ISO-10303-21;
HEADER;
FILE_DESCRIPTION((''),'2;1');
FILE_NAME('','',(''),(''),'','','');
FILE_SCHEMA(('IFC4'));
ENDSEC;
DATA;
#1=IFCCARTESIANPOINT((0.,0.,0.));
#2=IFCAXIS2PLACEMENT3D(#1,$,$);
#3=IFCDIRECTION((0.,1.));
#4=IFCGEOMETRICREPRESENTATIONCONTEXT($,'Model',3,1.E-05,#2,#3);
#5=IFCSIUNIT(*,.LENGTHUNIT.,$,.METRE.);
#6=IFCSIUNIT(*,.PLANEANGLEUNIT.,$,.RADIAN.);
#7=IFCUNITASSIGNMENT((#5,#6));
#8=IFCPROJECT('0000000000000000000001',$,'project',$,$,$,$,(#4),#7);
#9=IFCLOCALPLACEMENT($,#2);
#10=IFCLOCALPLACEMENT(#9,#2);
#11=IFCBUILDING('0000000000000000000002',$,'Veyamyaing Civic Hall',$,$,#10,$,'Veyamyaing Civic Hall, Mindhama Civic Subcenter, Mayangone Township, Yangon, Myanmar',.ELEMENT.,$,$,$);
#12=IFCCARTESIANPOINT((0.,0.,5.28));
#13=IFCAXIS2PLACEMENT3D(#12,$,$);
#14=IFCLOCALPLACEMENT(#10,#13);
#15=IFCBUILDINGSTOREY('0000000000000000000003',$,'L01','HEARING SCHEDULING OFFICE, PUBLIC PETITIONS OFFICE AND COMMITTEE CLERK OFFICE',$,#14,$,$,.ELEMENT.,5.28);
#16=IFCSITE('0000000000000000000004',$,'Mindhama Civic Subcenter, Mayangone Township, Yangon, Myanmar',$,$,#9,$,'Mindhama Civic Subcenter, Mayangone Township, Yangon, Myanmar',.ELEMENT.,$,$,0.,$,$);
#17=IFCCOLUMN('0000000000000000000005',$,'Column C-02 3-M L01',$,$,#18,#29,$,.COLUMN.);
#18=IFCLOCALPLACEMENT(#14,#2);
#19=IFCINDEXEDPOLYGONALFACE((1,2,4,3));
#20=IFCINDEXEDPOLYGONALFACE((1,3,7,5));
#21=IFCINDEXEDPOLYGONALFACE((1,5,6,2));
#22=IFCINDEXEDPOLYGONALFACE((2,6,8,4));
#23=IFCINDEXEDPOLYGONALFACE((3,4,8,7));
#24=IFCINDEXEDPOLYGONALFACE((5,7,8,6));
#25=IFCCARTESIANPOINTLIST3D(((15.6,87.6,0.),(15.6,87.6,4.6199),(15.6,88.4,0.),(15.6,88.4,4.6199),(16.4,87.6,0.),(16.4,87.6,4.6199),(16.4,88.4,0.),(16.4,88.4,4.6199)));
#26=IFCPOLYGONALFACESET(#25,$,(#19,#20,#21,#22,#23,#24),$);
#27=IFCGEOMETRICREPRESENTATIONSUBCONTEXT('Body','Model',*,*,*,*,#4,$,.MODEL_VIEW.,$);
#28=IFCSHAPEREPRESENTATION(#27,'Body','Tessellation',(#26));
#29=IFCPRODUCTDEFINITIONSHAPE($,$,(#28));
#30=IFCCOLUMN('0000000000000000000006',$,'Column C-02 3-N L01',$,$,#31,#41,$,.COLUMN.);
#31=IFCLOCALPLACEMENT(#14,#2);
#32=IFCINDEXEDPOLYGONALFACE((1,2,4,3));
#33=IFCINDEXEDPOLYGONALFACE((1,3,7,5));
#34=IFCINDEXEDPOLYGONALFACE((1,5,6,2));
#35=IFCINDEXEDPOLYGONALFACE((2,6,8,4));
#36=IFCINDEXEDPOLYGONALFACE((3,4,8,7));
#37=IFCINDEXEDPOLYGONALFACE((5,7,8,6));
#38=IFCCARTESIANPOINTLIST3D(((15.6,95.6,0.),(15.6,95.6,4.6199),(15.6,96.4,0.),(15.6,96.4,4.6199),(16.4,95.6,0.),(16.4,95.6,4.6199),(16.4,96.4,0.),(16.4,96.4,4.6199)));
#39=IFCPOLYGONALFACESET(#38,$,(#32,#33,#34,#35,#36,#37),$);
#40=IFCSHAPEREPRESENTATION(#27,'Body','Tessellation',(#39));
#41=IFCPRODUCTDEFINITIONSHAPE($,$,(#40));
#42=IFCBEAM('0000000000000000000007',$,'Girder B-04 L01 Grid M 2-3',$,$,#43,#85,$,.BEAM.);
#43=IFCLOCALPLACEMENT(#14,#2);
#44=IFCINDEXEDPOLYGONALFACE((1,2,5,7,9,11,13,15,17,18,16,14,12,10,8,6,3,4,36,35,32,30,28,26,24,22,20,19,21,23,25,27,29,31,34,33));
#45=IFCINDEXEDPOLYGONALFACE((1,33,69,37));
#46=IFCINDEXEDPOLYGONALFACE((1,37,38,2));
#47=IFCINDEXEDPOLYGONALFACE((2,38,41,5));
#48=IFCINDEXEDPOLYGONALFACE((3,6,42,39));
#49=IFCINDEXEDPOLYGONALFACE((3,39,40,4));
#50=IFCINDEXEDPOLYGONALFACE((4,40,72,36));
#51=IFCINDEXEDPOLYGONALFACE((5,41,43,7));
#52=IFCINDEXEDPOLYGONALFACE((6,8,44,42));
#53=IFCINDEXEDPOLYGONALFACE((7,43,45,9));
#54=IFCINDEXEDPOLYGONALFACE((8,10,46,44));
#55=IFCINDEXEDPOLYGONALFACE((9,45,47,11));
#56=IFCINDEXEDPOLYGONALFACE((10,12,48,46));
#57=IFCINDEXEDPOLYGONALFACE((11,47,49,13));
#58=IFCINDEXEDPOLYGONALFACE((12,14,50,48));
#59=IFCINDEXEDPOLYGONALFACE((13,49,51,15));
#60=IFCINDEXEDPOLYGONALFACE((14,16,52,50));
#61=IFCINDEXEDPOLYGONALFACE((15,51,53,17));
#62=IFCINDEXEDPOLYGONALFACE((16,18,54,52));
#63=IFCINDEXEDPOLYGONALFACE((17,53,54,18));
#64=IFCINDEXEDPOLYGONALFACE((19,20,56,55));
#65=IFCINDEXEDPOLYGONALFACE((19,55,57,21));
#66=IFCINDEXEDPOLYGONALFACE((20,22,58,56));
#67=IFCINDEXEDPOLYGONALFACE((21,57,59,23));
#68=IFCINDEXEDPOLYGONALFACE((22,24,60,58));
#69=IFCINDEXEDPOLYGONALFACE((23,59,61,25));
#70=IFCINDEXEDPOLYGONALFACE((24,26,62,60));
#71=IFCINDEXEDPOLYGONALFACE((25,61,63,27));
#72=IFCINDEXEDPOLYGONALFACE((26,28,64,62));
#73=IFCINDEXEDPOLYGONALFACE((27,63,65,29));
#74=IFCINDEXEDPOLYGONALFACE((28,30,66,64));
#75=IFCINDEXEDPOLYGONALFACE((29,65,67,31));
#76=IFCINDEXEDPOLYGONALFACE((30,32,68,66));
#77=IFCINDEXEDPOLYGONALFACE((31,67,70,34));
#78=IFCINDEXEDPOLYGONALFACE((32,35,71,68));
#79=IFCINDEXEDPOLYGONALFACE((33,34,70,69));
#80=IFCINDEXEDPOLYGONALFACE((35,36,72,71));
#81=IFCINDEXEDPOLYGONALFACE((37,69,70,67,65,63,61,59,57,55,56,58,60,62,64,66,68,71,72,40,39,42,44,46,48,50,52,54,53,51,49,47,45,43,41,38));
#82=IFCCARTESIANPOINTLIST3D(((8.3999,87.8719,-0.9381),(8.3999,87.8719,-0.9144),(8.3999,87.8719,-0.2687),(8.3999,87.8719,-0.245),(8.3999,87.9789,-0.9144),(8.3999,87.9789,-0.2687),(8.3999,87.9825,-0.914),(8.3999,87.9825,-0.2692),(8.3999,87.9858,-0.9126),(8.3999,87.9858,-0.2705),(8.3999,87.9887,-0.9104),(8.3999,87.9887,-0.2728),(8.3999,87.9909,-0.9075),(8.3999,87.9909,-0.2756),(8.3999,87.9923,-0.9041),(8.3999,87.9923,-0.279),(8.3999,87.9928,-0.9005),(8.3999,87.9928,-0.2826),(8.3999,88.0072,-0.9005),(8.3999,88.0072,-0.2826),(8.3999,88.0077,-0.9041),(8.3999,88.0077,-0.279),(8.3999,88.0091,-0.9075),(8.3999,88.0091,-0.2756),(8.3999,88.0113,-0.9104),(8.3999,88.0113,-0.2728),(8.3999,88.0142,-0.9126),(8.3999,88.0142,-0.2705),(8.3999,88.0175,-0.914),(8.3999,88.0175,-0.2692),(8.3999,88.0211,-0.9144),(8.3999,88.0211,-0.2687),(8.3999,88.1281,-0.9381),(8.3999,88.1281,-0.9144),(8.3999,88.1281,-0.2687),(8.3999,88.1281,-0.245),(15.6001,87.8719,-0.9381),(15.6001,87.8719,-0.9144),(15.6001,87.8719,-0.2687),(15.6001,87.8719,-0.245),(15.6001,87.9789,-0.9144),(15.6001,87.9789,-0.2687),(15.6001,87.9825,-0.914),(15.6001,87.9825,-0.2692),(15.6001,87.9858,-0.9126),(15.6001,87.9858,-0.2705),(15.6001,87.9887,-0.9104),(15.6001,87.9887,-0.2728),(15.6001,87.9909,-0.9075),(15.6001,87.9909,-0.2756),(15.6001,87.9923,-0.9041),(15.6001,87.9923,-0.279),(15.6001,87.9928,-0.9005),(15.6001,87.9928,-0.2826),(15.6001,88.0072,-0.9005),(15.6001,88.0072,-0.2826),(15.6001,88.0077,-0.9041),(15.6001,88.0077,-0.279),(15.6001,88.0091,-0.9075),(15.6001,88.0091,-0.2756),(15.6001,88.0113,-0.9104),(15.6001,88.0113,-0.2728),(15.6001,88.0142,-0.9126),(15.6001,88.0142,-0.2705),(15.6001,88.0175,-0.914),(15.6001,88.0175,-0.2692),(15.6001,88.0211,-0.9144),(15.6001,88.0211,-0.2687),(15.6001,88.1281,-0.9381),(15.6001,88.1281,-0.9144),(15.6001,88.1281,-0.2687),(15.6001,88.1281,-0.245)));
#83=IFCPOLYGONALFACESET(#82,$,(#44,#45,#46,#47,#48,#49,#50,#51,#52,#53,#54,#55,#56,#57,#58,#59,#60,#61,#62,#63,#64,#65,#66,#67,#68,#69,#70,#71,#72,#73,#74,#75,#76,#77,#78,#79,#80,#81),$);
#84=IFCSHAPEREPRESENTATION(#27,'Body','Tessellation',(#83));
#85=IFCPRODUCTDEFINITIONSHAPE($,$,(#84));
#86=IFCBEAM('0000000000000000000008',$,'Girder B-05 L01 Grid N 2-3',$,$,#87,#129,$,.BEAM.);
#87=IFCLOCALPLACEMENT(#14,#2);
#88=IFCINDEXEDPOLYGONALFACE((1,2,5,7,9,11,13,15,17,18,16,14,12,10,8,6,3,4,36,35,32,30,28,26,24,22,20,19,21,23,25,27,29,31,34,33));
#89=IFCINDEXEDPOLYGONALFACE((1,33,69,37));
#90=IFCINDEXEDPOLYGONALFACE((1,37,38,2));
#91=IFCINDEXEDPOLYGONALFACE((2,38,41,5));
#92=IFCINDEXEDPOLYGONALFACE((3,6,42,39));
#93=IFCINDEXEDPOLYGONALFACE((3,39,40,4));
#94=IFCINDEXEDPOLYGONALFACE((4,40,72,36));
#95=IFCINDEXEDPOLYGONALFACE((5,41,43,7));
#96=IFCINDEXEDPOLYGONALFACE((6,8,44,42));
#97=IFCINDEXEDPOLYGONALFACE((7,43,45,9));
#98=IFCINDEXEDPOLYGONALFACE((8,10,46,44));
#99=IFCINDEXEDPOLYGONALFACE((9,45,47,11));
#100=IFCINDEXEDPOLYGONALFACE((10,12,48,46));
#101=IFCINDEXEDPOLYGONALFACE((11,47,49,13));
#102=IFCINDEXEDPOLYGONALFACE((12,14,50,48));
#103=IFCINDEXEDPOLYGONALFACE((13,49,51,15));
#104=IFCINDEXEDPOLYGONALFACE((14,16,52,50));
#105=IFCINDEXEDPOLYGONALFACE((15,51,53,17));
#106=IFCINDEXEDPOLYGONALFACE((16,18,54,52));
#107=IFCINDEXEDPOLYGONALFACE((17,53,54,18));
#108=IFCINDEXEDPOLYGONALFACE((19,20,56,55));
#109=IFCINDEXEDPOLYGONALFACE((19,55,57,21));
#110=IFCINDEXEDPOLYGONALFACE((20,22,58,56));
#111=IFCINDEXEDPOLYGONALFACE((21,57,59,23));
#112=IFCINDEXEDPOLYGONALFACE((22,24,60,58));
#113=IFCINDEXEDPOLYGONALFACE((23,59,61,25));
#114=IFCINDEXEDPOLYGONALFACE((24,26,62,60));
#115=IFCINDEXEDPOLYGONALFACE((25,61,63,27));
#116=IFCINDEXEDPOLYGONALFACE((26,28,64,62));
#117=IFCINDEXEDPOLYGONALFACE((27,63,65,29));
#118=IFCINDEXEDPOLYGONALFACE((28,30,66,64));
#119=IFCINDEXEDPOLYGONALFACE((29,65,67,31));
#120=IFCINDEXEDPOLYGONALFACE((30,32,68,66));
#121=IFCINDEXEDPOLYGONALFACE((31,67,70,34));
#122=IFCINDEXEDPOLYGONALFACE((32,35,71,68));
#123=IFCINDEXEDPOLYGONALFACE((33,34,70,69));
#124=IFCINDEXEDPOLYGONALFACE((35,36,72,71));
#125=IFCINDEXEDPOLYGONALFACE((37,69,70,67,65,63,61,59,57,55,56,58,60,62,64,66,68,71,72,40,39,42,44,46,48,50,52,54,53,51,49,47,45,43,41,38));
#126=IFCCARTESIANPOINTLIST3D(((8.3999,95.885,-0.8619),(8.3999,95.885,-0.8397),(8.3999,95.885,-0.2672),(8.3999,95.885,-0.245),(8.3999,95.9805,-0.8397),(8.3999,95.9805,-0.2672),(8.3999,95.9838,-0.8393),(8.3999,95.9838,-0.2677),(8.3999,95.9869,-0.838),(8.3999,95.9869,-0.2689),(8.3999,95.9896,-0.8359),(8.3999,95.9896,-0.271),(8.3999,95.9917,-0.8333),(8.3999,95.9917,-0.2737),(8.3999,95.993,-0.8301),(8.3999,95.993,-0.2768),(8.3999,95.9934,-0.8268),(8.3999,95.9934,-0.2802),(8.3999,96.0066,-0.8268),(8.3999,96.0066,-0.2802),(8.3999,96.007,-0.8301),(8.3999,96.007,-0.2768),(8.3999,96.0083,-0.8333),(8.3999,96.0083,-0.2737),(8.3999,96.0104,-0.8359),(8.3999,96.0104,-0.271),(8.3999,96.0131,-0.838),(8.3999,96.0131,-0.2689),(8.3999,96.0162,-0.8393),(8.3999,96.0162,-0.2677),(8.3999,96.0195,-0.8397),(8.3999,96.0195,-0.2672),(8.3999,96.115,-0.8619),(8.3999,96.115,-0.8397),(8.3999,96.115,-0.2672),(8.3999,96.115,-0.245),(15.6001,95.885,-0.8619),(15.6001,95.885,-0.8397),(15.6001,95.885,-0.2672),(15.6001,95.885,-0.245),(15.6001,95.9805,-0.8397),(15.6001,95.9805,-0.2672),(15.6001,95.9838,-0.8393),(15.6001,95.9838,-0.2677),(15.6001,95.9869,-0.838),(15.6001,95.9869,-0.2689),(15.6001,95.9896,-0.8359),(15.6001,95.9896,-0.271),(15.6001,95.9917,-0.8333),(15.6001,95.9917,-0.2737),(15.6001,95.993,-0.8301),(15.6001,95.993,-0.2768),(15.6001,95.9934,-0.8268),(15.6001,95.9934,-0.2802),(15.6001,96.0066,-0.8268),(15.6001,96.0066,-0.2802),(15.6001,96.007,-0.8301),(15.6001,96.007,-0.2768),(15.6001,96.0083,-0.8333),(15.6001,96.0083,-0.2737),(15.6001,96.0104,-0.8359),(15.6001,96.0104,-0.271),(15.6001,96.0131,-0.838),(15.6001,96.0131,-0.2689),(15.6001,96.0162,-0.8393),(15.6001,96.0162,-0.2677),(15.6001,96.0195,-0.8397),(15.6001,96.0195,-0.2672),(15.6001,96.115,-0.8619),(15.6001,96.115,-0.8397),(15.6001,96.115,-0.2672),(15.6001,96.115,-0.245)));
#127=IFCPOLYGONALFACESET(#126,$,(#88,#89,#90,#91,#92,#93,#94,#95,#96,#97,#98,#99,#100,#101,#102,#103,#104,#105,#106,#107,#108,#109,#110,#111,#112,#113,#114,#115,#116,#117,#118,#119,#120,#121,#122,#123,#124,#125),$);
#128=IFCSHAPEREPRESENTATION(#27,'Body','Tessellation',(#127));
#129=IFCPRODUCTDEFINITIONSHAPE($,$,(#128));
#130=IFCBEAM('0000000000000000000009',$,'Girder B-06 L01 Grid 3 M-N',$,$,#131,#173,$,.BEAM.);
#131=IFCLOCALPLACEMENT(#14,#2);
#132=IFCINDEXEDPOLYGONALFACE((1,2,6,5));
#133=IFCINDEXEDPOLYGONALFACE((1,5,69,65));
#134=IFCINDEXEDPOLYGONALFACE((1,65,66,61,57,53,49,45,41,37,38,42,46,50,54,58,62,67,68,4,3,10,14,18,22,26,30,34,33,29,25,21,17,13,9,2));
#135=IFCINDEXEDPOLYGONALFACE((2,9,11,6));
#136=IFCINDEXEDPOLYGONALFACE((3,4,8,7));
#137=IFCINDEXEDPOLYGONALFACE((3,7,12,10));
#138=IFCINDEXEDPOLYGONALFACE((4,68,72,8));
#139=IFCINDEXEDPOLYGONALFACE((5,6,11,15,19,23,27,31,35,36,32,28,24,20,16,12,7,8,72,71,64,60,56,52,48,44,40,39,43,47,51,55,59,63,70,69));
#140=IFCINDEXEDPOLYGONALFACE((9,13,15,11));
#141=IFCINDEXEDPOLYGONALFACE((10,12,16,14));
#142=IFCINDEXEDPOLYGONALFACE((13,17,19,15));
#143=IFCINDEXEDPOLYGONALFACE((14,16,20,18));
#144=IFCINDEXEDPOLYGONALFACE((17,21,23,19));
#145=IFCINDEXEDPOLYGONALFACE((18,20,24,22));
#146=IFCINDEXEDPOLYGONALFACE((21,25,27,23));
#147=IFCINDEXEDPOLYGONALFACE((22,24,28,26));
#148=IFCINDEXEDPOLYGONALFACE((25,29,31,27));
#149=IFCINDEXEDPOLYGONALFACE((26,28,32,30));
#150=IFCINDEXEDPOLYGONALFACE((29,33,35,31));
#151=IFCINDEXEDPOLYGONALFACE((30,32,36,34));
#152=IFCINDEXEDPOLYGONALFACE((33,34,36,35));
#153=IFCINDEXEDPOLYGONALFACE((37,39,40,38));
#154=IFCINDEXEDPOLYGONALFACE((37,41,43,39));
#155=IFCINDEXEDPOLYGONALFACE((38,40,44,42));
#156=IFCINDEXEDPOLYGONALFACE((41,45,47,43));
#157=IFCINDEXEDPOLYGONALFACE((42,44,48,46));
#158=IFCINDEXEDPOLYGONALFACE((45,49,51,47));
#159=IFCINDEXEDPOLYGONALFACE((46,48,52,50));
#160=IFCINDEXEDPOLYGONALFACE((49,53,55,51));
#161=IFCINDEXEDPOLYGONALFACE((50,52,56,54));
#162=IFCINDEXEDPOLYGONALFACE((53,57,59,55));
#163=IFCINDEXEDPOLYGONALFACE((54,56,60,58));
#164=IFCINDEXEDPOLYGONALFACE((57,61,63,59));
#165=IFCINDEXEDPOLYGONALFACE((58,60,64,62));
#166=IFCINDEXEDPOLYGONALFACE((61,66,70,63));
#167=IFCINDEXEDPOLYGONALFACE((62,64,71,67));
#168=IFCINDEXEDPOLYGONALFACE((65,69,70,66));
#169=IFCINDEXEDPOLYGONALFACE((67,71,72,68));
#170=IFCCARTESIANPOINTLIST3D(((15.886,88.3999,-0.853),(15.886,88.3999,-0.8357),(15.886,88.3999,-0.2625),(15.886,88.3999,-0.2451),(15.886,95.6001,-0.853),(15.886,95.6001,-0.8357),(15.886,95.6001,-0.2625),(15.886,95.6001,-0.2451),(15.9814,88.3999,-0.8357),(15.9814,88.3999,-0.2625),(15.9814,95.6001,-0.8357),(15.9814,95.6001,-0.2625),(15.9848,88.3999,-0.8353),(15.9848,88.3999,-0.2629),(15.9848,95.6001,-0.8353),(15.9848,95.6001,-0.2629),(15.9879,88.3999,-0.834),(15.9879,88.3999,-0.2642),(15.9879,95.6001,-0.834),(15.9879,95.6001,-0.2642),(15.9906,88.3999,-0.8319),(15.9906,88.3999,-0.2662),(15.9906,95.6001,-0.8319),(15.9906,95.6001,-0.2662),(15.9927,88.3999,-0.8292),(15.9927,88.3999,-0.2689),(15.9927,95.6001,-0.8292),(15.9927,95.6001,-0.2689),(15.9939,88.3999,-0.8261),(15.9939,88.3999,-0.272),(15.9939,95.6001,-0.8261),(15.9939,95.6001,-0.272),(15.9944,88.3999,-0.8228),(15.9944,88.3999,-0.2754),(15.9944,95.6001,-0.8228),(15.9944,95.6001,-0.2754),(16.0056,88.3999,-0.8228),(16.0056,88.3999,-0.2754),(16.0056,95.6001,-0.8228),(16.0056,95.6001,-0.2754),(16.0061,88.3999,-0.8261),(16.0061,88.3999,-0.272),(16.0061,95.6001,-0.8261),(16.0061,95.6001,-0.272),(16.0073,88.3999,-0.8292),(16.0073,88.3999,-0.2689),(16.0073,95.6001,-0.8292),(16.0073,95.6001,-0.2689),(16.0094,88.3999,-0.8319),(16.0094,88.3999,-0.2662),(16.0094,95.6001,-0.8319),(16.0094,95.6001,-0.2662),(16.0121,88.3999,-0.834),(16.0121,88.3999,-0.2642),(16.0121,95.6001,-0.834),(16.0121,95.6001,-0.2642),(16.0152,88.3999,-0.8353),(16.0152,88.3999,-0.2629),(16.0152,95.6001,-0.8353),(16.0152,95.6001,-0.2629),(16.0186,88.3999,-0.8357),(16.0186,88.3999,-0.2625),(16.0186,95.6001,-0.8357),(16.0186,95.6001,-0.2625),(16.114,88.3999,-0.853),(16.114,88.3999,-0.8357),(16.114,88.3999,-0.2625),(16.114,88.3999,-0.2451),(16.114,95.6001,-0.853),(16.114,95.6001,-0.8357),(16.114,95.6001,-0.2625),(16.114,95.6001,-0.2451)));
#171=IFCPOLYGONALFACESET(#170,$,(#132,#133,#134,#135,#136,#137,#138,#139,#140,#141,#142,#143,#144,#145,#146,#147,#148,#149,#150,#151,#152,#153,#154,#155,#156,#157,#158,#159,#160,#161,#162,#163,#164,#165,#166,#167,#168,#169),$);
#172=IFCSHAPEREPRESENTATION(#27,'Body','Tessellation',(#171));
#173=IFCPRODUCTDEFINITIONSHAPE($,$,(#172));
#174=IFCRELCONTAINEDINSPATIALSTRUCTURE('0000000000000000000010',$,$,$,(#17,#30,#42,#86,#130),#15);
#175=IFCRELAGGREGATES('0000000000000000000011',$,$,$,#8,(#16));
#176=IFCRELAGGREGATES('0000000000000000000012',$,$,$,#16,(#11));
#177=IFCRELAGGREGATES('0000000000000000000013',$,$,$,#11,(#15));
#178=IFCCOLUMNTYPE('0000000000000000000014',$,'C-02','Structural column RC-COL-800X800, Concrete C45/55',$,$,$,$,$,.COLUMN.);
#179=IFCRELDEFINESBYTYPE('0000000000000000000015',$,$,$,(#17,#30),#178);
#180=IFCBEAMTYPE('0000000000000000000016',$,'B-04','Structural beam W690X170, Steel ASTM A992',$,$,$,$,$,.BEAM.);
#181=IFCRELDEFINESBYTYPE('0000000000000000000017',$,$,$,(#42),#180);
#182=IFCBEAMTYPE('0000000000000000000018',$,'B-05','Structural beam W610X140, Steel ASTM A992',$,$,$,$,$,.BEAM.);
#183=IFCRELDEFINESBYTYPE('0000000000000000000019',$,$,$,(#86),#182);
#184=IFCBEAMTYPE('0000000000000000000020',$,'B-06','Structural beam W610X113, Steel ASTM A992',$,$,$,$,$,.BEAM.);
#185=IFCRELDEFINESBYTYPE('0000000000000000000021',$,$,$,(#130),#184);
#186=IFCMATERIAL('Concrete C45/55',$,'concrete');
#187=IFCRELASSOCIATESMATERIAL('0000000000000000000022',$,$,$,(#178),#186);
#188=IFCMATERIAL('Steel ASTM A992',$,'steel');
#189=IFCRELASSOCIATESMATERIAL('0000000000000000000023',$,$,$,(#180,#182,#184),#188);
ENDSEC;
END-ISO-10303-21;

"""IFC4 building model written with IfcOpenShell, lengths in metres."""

from ifc_helpers import new_model, si_unit, direction, frame, origin, origin_2d, place, context, subcontext, project, spatial, rectangle, i_section, extrude, material, material_profile, profile_set, type_object, element, save


model = new_model("IFC4")

# Units and contexts
model_context = context("Model", 3, precision=1e-05, world=origin(), true_north=direction((0.0, 1.0)))
body_context = subcontext(model_context, "Body", "Model", "MODEL_VIEW")
ifc_project = project(units=[si_unit("LENGTHUNIT", "METRE"), si_unit("PLANEANGLEUNIT", "RADIAN")], contexts=[model_context])

# Site, building, storey
site_placement = place(None, origin())
site = spatial("IfcSite", under=ifc_project, at=site_placement, Name="Mindhama Civic Subcenter, Mayangone Township, Yangon, Myanmar", LongName="Mindhama Civic Subcenter, Mayangone Township, Yangon, Myanmar", CompositionType="ELEMENT", RefElevation=0.0)
building_placement = place(site_placement, origin())
building = spatial("IfcBuilding", under=site, at=building_placement, Name="Veyamyaing Civic Hall", LongName="Veyamyaing Civic Hall, Mindhama Civic Subcenter, Mayangone Township, Yangon, Myanmar", CompositionType="ELEMENT")
storey_placement = place(building_placement, frame((0.0, 0.0, 5.28)))
storey = spatial("IfcBuildingStorey", under=building, at=storey_placement, Name="L01", Description="HEARING SCHEDULING OFFICE, PUBLIC PETITIONS OFFICE AND COMMITTEE CLERK OFFICE", CompositionType="ELEMENT", Elevation=5.28)

# Columns
ifc_material_1 = material(Name="Concrete C45/55", Category="concrete")
ifc_material_profile_1 = material_profile(ifc_material_1, rectangle(XDim=0.8, YDim=0.8, at=origin_2d()), Name="RC-COL-800X800")
ifc_profile_set_1 = profile_set([ifc_material_profile_1], Name="Concrete C45/55")
column_type = type_object("IfcColumnType", Name="C-02", Description="Structural column RC-COL-800X800, Concrete C45/55", PredefinedType="COLUMN", material=ifc_profile_set_1)
for number, where, z_axis, x_axis, name in (
    (1, (16.0, 88.0, 0.0), (0.0, 0.0, 1.0), (1.0, 0.0, 0.0), "Column C-02 3-M L01"),
    (2, (16.0, 96.0, 0.0), (0.0, 0.0, 1.0), (1.0, 0.0, 0.0), "Column C-02 3-N L01"),
):
    element("IfcColumn", number, at=place(storey_placement, frame(where, z_axis=z_axis, x_axis=x_axis)), inside=storey, type_object=column_type, Name=name, PredefinedType="COLUMN", context=body_context, shape_type="SweptSolid", body=[
        extrude(rectangle(XDim=0.8, YDim=0.8, at=origin_2d()), origin(), (0.0, 0.0, 1.0), 4.6199),
    ])

# Beams
ifc_material_2 = material(Name="Steel ASTM A992", Category="steel")
ifc_material_profile_2 = material_profile(ifc_material_2, i_section(OverallWidth=0.2561, OverallDepth=0.6931, WebThickness=0.0144, FlangeThickness=0.0237, FilletRadius=0.0139, at=origin_2d()), Name="W690X170")
ifc_profile_set_2 = profile_set([ifc_material_profile_2], Name="Steel ASTM A992")
beam_type_1 = type_object("IfcBeamType", Name="B-04", Description="Structural beam W690X170, Steel ASTM A992", PredefinedType="BEAM", material=ifc_profile_set_2)
beam_1_placement = place(storey_placement, frame((8.3999, 88.0, -0.5916), z_axis=(1.0, 0.0, 0.0), x_axis=(0.0, 1.0, 0.0)))
element("IfcBeam", 3, at=beam_1_placement, inside=storey, type_object=beam_type_1, Name="Girder B-04 L01 Grid M 2-3", PredefinedType="BEAM", context=body_context, shape_type="SweptSolid", body=[
    extrude(i_section(OverallWidth=0.2561, OverallDepth=0.6931, WebThickness=0.0144, FlangeThickness=0.0237, FilletRadius=0.0139, at=origin_2d()), origin(), (0.0, 0.0, 1.0), 7.2002),
])
ifc_material_profile_3 = material_profile(ifc_material_2, i_section(OverallWidth=0.23, OverallDepth=0.6169, WebThickness=0.0132, FlangeThickness=0.0222, FilletRadius=0.0129, at=origin_2d()), Name="W610X140")
ifc_profile_set_3 = profile_set([ifc_material_profile_3], Name="Steel ASTM A992")
beam_type_2 = type_object("IfcBeamType", Name="B-05", Description="Structural beam W610X140, Steel ASTM A992", PredefinedType="BEAM", material=ifc_profile_set_3)
beam_2_placement = place(storey_placement, frame((8.3999, 96.0, -0.5535), z_axis=(1.0, 0.0, 0.0), x_axis=(0.0, 1.0, 0.0)))
element("IfcBeam", 4, at=beam_2_placement, inside=storey, type_object=beam_type_2, Name="Girder B-05 L01 Grid N 2-3", PredefinedType="BEAM", context=body_context, shape_type="SweptSolid", body=[
    extrude(i_section(OverallWidth=0.23, OverallDepth=0.6169, WebThickness=0.0132, FlangeThickness=0.0222, FilletRadius=0.0129, at=origin_2d()), origin(), (0.0, 0.0, 1.0), 7.2002),
])
ifc_material_profile_4 = material_profile(ifc_material_2, i_section(OverallWidth=0.228, OverallDepth=0.6079, WebThickness=0.0112, FlangeThickness=0.0173, FilletRadius=0.0129, at=origin_2d()), Name="W610X113")
ifc_profile_set_4 = profile_set([ifc_material_profile_4], Name="Steel ASTM A992")
beam_type_3 = type_object("IfcBeamType", Name="B-06", Description="Structural beam W610X113, Steel ASTM A992", PredefinedType="BEAM", material=ifc_profile_set_4)
beam_3_placement = place(storey_placement, frame((16.0, 88.3999, -0.5491), z_axis=(0.0, 1.0, 0.0), x_axis=(-1.0, 0.0, 0.0)))
element("IfcBeam", 5, at=beam_3_placement, inside=storey, type_object=beam_type_3, Name="Girder B-06 L01 Grid 3 M-N", PredefinedType="BEAM", context=body_context, shape_type="SweptSolid", body=[
    extrude(i_section(OverallWidth=0.228, OverallDepth=0.6079, WebThickness=0.0112, FlangeThickness=0.0173, FilletRadius=0.0129, at=origin_2d()), origin(), (0.0, 0.0, 1.0), 7.2002),
])

save(model, "model.ifc")
